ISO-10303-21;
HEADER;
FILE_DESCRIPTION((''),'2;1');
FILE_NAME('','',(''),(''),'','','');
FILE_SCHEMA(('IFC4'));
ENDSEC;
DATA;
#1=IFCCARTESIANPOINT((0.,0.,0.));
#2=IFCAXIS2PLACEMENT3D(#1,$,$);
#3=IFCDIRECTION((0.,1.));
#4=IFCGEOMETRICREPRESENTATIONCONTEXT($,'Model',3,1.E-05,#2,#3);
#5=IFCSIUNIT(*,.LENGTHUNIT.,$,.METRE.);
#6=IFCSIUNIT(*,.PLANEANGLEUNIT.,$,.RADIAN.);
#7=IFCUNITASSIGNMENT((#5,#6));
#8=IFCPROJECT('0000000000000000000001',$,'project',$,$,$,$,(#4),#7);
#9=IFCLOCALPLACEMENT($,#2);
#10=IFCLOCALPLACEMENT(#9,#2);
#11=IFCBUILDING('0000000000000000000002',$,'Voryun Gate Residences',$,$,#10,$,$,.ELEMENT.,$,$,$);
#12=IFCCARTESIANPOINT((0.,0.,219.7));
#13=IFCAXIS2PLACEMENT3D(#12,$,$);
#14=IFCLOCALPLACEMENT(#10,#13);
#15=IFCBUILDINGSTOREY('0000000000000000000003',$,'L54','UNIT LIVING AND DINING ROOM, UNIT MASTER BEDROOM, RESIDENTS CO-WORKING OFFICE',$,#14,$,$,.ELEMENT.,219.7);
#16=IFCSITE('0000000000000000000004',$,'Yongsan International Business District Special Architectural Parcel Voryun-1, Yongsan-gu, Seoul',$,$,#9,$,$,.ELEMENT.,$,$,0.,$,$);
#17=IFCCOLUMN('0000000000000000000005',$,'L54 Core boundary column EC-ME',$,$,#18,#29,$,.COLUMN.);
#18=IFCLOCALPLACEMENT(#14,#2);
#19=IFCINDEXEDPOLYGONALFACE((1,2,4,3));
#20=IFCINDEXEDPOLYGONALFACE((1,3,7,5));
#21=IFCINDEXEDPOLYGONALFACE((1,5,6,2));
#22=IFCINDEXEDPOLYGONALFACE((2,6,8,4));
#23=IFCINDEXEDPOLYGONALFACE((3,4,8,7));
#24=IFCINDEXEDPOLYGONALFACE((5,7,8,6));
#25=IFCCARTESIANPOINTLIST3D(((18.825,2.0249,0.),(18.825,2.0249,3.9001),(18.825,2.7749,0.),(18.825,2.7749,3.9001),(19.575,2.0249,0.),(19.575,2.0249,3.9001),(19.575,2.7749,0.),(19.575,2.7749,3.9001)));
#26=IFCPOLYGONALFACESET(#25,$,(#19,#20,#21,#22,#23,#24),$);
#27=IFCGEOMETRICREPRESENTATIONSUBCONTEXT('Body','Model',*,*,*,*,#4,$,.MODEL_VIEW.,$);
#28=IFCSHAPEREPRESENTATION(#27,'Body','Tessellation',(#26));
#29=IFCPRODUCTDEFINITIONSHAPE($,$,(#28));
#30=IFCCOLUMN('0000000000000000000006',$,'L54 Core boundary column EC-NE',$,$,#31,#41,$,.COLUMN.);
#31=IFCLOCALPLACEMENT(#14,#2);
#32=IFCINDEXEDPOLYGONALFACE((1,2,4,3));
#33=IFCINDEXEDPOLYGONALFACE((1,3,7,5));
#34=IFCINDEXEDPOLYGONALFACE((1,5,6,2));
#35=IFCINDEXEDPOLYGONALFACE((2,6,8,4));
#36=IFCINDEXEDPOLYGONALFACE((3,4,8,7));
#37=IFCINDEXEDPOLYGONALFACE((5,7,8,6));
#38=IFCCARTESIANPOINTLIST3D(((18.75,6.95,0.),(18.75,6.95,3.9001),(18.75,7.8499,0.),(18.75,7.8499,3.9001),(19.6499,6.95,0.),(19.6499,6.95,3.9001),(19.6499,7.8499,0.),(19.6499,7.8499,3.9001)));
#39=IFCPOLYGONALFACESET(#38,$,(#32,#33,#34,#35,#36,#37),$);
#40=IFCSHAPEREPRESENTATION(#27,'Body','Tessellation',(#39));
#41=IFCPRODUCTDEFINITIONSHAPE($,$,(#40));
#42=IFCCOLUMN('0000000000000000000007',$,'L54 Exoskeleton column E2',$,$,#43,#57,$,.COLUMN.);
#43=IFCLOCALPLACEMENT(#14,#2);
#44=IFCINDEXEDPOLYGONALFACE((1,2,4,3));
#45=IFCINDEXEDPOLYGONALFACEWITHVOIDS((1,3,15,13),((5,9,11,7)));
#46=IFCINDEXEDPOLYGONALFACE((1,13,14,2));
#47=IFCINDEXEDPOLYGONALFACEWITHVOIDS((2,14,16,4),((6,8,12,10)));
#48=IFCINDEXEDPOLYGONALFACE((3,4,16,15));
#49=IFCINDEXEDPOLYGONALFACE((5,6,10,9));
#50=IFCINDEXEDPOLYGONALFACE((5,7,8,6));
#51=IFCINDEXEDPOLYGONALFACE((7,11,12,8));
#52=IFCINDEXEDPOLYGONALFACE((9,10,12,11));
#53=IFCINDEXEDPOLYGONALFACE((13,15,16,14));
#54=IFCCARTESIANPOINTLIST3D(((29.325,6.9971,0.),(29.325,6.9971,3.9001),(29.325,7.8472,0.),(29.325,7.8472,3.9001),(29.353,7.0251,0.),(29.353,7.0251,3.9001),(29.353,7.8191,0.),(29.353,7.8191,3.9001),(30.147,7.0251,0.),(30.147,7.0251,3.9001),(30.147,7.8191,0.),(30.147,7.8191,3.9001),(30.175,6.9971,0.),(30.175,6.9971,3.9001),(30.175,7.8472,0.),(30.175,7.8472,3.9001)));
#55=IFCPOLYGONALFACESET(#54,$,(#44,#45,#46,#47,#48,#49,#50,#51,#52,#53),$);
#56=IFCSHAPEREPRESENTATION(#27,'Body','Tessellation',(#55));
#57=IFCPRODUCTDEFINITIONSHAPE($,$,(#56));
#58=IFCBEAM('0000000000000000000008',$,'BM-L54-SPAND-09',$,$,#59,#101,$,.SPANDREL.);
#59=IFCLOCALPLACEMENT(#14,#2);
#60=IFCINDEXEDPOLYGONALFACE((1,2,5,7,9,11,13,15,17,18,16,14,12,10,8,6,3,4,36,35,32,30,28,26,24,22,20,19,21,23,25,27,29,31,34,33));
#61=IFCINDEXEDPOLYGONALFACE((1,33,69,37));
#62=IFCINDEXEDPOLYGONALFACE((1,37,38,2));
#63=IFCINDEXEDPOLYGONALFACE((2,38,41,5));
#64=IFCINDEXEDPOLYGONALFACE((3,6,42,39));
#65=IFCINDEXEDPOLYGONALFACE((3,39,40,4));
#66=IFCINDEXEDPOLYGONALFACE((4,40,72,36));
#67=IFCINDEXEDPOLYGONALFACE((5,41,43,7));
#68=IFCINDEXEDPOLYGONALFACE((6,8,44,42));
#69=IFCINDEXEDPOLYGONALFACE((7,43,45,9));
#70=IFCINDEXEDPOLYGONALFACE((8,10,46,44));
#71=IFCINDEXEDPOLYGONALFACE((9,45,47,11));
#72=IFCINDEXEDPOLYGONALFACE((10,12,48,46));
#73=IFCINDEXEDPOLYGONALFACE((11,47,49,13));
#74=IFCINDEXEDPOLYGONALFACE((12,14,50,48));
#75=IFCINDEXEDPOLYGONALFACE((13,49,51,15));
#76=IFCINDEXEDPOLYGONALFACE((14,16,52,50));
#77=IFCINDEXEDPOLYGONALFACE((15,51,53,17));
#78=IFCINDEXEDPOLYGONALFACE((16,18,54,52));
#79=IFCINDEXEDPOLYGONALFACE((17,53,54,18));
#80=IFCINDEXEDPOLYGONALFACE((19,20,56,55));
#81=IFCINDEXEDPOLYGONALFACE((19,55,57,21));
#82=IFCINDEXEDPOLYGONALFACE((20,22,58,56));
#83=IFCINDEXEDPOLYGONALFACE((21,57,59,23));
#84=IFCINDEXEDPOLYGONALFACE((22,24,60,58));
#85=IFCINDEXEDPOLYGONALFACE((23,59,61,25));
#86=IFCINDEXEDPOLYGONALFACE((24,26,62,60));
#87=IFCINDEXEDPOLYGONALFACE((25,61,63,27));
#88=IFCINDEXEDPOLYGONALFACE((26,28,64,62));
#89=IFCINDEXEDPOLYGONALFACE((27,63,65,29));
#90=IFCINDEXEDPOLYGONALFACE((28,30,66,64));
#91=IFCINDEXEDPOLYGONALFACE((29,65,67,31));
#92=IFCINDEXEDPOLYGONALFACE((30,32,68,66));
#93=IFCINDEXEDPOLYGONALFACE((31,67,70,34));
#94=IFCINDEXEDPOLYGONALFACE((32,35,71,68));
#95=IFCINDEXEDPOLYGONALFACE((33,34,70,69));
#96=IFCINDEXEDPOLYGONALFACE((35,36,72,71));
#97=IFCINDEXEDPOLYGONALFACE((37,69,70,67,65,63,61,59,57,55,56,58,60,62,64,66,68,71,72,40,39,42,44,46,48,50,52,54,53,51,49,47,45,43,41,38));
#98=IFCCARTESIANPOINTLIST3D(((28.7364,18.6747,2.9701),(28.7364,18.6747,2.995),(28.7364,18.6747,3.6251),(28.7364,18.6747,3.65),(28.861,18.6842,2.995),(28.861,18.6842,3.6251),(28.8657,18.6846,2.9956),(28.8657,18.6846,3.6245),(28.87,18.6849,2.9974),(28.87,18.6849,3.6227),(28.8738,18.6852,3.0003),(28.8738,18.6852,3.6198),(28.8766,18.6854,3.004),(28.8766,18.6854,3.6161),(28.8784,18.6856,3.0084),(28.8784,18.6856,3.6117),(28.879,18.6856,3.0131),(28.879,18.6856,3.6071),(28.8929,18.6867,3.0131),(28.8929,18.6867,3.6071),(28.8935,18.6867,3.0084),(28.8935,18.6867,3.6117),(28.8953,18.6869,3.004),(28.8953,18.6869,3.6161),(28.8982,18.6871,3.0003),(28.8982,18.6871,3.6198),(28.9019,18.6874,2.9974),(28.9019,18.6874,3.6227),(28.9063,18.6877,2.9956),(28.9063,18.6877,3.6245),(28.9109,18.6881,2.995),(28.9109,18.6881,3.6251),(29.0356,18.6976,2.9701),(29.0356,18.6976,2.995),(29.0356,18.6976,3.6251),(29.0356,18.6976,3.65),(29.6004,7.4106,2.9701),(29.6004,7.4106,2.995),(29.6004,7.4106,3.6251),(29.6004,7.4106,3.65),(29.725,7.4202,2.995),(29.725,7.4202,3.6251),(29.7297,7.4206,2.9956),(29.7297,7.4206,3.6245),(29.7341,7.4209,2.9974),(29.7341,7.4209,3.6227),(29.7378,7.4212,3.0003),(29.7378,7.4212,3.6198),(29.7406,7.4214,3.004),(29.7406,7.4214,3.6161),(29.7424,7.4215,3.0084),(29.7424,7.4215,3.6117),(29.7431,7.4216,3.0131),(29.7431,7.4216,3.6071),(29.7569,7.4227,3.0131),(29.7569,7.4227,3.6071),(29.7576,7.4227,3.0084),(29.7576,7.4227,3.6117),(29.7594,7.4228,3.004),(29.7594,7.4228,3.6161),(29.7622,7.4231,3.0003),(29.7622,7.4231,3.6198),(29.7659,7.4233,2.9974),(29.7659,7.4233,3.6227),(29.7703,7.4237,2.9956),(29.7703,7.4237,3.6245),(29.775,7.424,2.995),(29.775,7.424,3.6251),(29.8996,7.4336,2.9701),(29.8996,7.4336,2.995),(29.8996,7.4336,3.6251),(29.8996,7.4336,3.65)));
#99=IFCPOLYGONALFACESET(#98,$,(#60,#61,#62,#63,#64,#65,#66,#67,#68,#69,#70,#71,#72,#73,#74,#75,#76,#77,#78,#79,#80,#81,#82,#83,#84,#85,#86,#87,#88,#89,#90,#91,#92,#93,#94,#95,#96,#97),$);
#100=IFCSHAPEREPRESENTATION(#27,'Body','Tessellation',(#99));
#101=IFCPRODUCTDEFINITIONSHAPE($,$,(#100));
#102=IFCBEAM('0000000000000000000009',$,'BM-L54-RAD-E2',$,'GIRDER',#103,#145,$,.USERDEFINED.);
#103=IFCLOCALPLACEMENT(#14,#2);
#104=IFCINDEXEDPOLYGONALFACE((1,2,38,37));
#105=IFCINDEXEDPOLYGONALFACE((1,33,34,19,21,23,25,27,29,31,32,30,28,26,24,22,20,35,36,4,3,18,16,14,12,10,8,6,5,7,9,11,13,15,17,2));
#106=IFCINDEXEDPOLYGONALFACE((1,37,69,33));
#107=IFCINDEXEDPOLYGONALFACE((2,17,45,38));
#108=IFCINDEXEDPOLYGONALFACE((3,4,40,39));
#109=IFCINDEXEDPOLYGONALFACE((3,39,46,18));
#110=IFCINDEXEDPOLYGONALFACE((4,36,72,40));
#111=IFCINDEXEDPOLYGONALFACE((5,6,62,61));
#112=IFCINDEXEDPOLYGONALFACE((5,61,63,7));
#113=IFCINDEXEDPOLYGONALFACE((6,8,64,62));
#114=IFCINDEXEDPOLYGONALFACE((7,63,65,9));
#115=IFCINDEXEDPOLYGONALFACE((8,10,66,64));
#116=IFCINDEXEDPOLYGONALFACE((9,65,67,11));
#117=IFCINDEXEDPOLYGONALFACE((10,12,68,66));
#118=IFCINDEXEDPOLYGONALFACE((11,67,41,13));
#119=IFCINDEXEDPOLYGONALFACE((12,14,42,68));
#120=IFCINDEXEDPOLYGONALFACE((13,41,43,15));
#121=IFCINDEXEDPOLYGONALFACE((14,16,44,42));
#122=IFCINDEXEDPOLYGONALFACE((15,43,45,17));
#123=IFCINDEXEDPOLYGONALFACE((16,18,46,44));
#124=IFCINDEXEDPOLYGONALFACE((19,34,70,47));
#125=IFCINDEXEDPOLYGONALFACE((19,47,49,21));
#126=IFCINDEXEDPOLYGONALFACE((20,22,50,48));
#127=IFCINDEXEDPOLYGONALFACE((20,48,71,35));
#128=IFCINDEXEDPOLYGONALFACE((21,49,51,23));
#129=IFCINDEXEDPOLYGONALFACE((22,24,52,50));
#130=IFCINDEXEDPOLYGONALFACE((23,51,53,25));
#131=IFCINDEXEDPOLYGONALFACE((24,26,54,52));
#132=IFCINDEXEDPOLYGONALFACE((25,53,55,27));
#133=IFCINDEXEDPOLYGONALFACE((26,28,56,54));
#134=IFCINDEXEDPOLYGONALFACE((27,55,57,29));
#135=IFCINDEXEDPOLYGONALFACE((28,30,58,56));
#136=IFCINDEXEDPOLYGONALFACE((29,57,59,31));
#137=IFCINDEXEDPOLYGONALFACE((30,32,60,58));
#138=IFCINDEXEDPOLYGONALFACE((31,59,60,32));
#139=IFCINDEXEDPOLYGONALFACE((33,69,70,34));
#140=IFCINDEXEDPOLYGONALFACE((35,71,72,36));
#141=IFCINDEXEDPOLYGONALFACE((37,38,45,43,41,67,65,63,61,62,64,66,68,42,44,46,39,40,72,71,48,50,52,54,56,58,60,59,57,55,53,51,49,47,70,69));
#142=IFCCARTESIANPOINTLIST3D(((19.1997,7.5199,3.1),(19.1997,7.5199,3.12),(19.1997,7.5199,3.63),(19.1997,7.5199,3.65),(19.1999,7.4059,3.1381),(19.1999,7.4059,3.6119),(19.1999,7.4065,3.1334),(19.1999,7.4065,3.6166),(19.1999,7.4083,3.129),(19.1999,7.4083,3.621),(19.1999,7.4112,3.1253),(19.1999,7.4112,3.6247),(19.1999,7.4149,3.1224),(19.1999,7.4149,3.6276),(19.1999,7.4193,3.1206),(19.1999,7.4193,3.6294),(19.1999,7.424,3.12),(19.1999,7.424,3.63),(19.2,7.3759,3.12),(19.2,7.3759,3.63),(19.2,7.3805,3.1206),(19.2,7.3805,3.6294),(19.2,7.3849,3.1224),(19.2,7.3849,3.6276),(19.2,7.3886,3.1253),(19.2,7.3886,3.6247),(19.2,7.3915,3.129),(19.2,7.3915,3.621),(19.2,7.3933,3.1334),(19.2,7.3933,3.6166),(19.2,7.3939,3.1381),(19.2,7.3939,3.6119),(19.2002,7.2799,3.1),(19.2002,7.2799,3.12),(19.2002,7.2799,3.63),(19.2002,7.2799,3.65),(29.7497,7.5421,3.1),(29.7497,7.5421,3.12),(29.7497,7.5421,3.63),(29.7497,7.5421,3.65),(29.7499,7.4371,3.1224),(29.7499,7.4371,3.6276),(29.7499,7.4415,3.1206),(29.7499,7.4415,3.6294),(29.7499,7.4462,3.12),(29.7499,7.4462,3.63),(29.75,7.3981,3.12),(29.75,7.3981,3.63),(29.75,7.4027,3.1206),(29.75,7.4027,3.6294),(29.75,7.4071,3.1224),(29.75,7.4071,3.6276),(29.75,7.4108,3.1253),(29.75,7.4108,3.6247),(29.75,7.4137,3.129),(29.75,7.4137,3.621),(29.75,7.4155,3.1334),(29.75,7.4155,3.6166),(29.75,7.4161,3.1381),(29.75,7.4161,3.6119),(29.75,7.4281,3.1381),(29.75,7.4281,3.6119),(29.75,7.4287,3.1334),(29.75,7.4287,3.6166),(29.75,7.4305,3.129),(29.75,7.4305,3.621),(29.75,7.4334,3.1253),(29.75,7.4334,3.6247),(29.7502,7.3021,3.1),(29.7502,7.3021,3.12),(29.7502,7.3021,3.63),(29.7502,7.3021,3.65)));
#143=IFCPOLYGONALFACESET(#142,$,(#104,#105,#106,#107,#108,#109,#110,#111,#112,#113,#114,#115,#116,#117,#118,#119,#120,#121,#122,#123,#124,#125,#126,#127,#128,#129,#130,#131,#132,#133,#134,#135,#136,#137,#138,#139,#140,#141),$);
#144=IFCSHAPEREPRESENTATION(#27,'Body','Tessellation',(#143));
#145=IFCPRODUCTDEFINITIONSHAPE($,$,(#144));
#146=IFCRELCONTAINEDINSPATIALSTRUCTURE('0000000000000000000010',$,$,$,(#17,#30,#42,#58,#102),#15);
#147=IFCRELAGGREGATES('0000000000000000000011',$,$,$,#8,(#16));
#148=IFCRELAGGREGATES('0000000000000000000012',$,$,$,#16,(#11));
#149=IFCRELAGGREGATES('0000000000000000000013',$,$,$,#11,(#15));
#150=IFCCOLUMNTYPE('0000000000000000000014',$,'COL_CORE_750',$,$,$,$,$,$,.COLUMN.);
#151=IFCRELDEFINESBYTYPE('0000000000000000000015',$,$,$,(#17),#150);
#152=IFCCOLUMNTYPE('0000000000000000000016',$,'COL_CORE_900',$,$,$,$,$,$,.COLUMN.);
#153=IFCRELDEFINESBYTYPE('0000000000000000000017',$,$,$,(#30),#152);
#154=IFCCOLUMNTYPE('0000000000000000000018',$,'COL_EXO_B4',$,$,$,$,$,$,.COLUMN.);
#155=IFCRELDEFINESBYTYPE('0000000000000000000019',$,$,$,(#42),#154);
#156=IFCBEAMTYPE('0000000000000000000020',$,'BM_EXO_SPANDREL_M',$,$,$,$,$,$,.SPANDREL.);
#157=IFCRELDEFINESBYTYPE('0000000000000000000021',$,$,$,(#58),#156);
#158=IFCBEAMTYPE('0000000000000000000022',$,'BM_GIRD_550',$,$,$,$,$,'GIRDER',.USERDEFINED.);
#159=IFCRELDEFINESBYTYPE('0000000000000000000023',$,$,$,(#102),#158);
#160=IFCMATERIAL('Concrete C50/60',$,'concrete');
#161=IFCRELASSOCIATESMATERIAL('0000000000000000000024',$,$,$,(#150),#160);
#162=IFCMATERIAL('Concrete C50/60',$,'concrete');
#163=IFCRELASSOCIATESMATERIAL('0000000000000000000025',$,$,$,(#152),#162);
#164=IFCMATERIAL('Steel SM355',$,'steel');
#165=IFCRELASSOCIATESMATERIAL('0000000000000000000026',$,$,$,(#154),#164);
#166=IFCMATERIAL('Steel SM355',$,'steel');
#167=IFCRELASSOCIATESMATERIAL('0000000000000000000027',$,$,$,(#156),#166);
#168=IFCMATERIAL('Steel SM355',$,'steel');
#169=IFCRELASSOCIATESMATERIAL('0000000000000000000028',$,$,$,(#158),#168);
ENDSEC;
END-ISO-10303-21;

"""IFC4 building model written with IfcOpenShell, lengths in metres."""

from ifc_helpers import new_model, si_unit, direction, frame, origin, origin_2d, place, context, subcontext, project, spatial, rectangle, hollow_rectangle, i_section, extrude, material, material_profile, profile_set, type_object, element, save


model = new_model("IFC4")

# Units and contexts
model_context = context("Model", 3, precision=1e-05, world=origin(), true_north=direction((0.0, 1.0)))
body_context = subcontext(model_context, "Body", "Model", "MODEL_VIEW")
ifc_project = project(units=[si_unit("LENGTHUNIT", "METRE"), si_unit("PLANEANGLEUNIT", "RADIAN")], contexts=[model_context])

# Site, building, storey
site_placement = place(None, origin())
site = spatial("IfcSite", under=ifc_project, at=site_placement, Name="Yongsan International Business District Special Architectural Parcel Voryun-1, Yongsan-gu, Seoul", CompositionType="ELEMENT", RefElevation=0.0)
building_placement = place(site_placement, origin())
building = spatial("IfcBuilding", under=site, at=building_placement, Name="Voryun Gate Residences", CompositionType="ELEMENT")
storey_placement = place(building_placement, frame((0.0, 0.0, 219.7)))
storey = spatial("IfcBuildingStorey", under=building, at=storey_placement, Name="L54", Description="UNIT LIVING AND DINING ROOM, UNIT MASTER BEDROOM, RESIDENTS CO-WORKING OFFICE", CompositionType="ELEMENT", Elevation=219.7)

# Columns
ifc_material_1 = material(Name="Concrete C50/60", Category="concrete")
ifc_material_profile_1 = material_profile(ifc_material_1, rectangle(XDim=0.75, YDim=0.75, at=origin_2d()), Name="RC-750x750")
ifc_profile_set_1 = profile_set([ifc_material_profile_1], Name="Concrete C50/60")
column_type_1 = type_object("IfcColumnType", Name="COL_CORE_750", PredefinedType="COLUMN", material=ifc_profile_set_1)
column_1_placement = place(storey_placement, frame((19.2, 2.3999, 0.0), z_axis=(0.0, 0.0, 1.0), x_axis=(1.0, 0.0, 0.0)))
element("IfcColumn", 1, at=column_1_placement, inside=storey, type_object=column_type_1, Name="L54 Core boundary column EC-ME", PredefinedType="COLUMN", context=body_context, shape_type="SweptSolid", body=[
    extrude(rectangle(XDim=0.75, YDim=0.75, at=origin_2d()), origin(), (0.0, 0.0, 1.0), 3.9001),
])
ifc_material_2 = material(Name="Concrete C50/60", Category="concrete")
ifc_material_profile_2 = material_profile(ifc_material_2, rectangle(XDim=0.8999, YDim=0.8999, at=origin_2d()), Name="RC-900x900")
ifc_profile_set_2 = profile_set([ifc_material_profile_2], Name="Concrete C50/60")
column_type_2 = type_object("IfcColumnType", Name="COL_CORE_900", PredefinedType="COLUMN", material=ifc_profile_set_2)
column_2_placement = place(storey_placement, frame((19.2, 7.3999, 0.0), z_axis=(0.0, 0.0, 1.0), x_axis=(1.0, 0.0, 0.0)))
element("IfcColumn", 2, at=column_2_placement, inside=storey, type_object=column_type_2, Name="L54 Core boundary column EC-NE", PredefinedType="COLUMN", context=body_context, shape_type="SweptSolid", body=[
    extrude(rectangle(XDim=0.8999, YDim=0.8999, at=origin_2d()), origin(), (0.0, 0.0, 1.0), 3.9001),
])
ifc_material_3 = material(Name="Steel SM355", Category="steel")
ifc_material_profile_3 = material_profile(ifc_material_3, hollow_rectangle(XDim=0.8501, YDim=0.8501, WallThickness=0.0281, at=origin_2d()), Name="BOX-850x850x28")
ifc_profile_set_3 = profile_set([ifc_material_profile_3], Name="Steel SM355")
column_type_3 = type_object("IfcColumnType", Name="COL_EXO_B4", PredefinedType="COLUMN", material=ifc_profile_set_3)
column_3_placement = place(storey_placement, frame((29.75, 7.4221, 0.0), z_axis=(0.0, 0.0, 1.0), x_axis=(1.0, 0.0, 0.0)))
element("IfcColumn", 3, at=column_3_placement, inside=storey, type_object=column_type_3, Name="L54 Exoskeleton column E2", PredefinedType="COLUMN", context=body_context, shape_type="SweptSolid", body=[
    extrude(hollow_rectangle(XDim=0.8501, YDim=0.8501, WallThickness=0.0281, at=origin_2d()), origin(), (0.0, 0.0, 1.0), 3.9001),
])

# Beams
ifc_material_4 = material(Name="Steel SM355", Category="steel")
ifc_material_profile_4 = material_profile(ifc_material_4, i_section(OverallWidth=0.3, OverallDepth=0.6799, WebThickness=0.0139, FlangeThickness=0.0249, FilletRadius=0.0181, at=origin_2d()), Name="H-680x300x14x25")
ifc_profile_set_4 = profile_set([ifc_material_profile_4], Name="Steel SM355")
beam_type_1 = type_object("IfcBeamType", Name="BM_EXO_SPANDREL_M", PredefinedType="SPANDREL", material=ifc_profile_set_4)
beam_1_placement = place(storey_placement, frame((29.75, 7.4221, 3.3101), z_axis=(-0.076482, 0.997071, 0.0), x_axis=(-0.997071, -0.076482, 0.0)))
element("IfcBeam", 4, at=beam_1_placement, inside=storey, type_object=beam_type_1, Name="BM-L54-SPAND-09", PredefinedType="SPANDREL", context=body_context, shape_type="SweptSolid", body=[
    extrude(i_section(OverallWidth=0.3, OverallDepth=0.6799, WebThickness=0.0139, FlangeThickness=0.0249, FilletRadius=0.0181, at=origin_2d()), origin(), (0.0, 0.0, 1.0), 11.2971),
])
ifc_material_5 = material(Name="Steel SM355", Category="steel")
ifc_material_profile_5 = material_profile(ifc_material_5, i_section(OverallWidth=0.24, OverallDepth=0.55, WebThickness=0.012, FlangeThickness=0.02, FilletRadius=0.0181, at=origin_2d()), Name="H-550x240x12x20")
ifc_profile_set_5 = profile_set([ifc_material_profile_5], Name="Steel SM355")
beam_type_2 = type_object("IfcBeamType", Name="BM_GIRD_550", ElementType="GIRDER", PredefinedType="USERDEFINED", material=ifc_profile_set_5)
beam_2_placement = place(storey_placement, frame((19.2, 7.3999, 3.375), z_axis=(0.999998, 0.002106, 0.0), x_axis=(-0.002106, 0.999998, 0.0)))
element("IfcBeam", 5, at=beam_2_placement, inside=storey, type_object=beam_type_2, Name="BM-L54-RAD-E2", ObjectType="GIRDER", PredefinedType="USERDEFINED", context=body_context, shape_type="SweptSolid", body=[
    extrude(i_section(OverallWidth=0.24, OverallDepth=0.55, WebThickness=0.012, FlangeThickness=0.02, FilletRadius=0.0181, at=origin_2d()), origin(), (0.0, 0.0, 1.0), 10.55),
])

save(model, "model.ifc")
